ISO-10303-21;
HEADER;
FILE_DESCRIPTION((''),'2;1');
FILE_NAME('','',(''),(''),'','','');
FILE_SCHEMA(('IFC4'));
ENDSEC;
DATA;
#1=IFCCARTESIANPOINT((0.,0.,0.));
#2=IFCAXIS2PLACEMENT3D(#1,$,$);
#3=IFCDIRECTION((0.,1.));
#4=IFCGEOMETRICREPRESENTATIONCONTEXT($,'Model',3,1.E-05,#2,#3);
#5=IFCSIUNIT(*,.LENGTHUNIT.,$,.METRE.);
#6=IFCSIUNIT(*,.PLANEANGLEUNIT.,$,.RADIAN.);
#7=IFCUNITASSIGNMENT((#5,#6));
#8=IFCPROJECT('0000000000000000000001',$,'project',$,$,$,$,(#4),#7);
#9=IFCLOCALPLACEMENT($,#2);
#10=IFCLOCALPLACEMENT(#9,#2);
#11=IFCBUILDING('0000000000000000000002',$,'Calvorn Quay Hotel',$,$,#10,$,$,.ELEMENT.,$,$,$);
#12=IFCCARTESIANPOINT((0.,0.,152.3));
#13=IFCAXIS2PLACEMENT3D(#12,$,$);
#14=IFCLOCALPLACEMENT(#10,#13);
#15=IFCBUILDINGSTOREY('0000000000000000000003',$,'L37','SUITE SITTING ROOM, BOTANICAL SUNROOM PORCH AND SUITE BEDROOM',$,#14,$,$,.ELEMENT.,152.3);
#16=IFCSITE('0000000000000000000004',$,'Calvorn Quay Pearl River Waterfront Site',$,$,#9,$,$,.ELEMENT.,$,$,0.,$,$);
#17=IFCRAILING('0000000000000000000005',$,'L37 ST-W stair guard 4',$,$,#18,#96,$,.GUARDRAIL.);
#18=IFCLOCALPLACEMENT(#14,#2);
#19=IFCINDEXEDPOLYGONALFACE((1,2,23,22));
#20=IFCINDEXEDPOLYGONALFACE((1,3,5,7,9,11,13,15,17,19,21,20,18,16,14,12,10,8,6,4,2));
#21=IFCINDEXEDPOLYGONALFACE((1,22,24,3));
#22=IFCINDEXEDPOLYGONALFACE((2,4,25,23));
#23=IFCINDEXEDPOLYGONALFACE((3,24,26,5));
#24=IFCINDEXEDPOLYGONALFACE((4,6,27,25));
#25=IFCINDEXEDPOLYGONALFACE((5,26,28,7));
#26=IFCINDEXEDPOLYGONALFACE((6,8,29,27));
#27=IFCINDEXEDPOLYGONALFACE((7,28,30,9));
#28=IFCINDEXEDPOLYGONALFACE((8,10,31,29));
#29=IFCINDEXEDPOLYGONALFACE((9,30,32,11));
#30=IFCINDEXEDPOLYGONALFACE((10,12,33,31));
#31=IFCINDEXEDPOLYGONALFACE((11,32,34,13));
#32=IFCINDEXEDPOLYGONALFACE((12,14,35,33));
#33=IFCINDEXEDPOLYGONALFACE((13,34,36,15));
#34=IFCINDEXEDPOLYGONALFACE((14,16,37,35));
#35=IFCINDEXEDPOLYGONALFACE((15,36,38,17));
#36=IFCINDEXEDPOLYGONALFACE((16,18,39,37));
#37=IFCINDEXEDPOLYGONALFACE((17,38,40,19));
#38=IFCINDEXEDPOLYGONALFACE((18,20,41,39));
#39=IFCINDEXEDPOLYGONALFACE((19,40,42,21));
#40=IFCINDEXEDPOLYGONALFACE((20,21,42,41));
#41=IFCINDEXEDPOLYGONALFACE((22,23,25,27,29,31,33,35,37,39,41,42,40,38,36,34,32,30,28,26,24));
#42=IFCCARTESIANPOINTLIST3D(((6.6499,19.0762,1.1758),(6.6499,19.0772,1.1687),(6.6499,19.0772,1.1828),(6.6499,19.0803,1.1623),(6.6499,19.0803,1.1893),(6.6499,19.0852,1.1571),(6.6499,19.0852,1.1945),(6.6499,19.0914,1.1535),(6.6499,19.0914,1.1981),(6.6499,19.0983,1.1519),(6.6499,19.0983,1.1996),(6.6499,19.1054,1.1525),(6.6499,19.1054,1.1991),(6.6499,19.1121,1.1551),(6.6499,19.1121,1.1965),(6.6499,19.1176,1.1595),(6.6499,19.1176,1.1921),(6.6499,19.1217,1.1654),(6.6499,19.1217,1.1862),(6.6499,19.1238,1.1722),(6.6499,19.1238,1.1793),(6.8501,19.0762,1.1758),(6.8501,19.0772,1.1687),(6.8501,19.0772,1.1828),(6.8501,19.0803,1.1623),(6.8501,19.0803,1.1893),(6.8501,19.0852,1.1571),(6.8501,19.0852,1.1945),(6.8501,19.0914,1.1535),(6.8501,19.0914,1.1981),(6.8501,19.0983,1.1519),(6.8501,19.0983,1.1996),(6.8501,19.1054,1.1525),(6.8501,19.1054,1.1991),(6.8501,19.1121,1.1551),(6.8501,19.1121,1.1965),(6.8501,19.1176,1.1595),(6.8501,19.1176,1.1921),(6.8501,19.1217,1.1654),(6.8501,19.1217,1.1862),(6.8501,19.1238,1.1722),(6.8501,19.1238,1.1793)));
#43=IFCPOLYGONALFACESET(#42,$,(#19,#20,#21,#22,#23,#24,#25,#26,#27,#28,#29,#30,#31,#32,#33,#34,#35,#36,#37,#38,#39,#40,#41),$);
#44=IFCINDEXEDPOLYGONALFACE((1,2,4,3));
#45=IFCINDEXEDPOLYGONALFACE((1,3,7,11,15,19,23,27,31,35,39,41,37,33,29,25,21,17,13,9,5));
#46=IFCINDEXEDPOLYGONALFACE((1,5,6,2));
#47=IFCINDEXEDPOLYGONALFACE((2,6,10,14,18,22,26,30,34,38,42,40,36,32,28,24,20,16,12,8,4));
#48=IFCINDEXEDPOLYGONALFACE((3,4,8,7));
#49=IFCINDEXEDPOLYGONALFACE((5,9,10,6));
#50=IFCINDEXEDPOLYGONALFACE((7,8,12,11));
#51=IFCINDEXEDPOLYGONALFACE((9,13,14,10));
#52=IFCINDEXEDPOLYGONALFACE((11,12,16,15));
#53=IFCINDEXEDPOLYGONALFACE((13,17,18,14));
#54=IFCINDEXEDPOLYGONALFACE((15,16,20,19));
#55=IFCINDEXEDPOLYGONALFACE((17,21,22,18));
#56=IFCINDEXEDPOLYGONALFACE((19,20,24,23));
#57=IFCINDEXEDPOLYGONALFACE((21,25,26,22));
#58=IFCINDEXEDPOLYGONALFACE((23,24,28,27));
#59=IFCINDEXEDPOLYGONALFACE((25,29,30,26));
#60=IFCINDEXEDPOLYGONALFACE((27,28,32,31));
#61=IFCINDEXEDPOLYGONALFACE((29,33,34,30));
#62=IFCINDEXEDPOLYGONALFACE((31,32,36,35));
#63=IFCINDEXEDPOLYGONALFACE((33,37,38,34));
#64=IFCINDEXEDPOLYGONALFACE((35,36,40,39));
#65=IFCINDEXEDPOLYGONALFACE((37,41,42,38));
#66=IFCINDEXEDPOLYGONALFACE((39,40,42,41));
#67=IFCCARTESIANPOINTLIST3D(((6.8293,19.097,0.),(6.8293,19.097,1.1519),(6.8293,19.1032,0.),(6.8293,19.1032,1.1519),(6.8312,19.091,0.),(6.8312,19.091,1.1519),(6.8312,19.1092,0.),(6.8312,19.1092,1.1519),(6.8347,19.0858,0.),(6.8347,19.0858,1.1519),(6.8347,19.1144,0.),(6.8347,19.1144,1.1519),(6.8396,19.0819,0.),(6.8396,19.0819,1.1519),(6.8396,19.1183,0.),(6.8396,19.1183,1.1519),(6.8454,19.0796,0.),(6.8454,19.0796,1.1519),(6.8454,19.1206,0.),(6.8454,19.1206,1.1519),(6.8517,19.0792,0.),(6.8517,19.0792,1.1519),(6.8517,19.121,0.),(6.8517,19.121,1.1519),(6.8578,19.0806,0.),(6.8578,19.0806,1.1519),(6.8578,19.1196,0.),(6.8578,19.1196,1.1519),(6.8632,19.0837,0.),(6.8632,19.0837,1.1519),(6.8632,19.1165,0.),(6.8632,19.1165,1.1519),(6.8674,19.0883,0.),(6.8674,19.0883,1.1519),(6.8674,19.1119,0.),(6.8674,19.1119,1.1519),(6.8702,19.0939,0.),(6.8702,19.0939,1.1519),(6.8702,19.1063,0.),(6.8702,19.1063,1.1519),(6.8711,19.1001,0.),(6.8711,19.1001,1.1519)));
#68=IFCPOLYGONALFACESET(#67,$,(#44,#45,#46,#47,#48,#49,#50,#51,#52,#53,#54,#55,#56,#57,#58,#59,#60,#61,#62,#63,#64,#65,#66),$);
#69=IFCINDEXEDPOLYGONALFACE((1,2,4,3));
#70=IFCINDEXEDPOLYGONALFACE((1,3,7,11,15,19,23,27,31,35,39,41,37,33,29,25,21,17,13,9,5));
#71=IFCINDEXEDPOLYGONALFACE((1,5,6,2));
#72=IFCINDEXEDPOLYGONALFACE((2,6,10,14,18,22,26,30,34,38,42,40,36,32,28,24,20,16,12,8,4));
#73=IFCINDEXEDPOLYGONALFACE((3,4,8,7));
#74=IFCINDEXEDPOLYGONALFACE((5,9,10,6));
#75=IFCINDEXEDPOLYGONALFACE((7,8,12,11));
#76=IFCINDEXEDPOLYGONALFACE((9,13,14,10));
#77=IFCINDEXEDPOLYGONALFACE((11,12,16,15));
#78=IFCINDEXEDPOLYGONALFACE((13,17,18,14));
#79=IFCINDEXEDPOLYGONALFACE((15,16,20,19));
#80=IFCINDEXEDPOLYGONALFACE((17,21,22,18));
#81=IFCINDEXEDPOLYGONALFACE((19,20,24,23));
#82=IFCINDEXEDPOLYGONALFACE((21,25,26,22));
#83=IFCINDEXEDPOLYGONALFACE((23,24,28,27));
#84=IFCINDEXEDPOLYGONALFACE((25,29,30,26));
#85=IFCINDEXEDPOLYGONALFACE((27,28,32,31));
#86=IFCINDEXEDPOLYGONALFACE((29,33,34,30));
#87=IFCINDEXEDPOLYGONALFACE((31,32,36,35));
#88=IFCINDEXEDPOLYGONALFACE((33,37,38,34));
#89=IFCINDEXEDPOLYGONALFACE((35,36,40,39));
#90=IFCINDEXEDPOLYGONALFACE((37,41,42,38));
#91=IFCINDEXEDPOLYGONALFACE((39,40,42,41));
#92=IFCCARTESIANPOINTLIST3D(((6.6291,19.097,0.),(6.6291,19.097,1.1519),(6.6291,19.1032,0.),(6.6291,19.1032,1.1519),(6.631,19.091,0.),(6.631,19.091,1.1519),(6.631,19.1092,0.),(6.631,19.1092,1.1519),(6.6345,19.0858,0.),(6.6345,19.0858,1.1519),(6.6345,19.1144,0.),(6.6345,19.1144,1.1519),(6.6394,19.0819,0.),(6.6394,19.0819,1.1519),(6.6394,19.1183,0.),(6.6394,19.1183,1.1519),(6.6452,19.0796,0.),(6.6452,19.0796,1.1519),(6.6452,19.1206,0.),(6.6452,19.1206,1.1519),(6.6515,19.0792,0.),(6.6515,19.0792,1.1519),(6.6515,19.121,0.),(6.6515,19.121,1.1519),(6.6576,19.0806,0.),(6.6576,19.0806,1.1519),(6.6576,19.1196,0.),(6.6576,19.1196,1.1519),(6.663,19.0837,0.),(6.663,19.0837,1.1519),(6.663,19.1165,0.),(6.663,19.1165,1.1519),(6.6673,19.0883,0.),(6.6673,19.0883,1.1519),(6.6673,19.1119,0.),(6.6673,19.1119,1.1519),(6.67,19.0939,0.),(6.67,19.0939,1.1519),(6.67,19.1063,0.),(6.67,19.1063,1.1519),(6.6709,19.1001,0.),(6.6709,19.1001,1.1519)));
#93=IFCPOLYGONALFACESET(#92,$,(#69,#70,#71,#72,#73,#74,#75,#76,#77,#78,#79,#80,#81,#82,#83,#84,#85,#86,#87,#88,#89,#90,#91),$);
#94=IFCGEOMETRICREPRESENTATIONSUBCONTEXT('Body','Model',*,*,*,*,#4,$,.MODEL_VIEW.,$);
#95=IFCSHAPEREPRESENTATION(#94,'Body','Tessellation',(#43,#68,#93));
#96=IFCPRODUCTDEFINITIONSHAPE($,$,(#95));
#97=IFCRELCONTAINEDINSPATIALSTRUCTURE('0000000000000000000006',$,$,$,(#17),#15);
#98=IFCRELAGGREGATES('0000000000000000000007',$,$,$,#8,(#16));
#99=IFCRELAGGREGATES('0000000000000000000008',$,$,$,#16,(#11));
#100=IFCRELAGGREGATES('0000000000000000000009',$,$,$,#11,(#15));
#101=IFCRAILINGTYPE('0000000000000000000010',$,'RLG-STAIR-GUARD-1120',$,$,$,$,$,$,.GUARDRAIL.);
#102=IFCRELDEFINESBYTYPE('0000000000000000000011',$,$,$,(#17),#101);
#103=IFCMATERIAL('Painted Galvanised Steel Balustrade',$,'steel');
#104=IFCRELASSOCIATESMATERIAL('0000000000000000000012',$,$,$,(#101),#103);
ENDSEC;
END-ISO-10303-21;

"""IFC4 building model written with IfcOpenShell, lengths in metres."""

from ifc_helpers import new_model, si_unit, direction, frame, origin, origin_2d, place, context, subcontext, project, spatial, circle, extrude, material, type_object, element, save


model = new_model("IFC4")

# Units and contexts
model_context = context("Model", 3, precision=1e-05, world=origin(), true_north=direction((0.0, 1.0)))
body_context = subcontext(model_context, "Body", "Model", "MODEL_VIEW")
ifc_project = project(units=[si_unit("LENGTHUNIT", "METRE"), si_unit("PLANEANGLEUNIT", "RADIAN")], contexts=[model_context])

# Site, building, storey
site_placement = place(None, origin())
site = spatial("IfcSite", under=ifc_project, at=site_placement, Name="Calvorn Quay Pearl River Waterfront Site", CompositionType="ELEMENT", RefElevation=0.0)
building_placement = place(site_placement, origin())
building = spatial("IfcBuilding", under=site, at=building_placement, Name="Calvorn Quay Hotel", CompositionType="ELEMENT")
storey_placement = place(building_placement, frame((0.0, 0.0, 152.3)))
storey = spatial("IfcBuildingStorey", under=building, at=storey_placement, Name="L37", Description="SUITE SITTING ROOM, BOTANICAL SUNROOM PORCH AND SUITE BEDROOM", CompositionType="ELEMENT", Elevation=152.3)

# Railing
ifc_material_1 = material(Name="Painted Galvanised Steel Balustrade", Category="steel")
railing_type_1 = type_object("IfcRailingType", Name="RLG-STAIR-GUARD-1120", PredefinedType="GUARDRAIL", material=ifc_material_1)
railing_1_placement = place(storey_placement, frame((6.8501, 19.1001, 0.0)))
element("IfcRailing", 1, at=railing_1_placement, inside=storey, type_object=railing_type_1, Name="L37 ST-W stair guard 4", PredefinedType="GUARDRAIL", context=body_context, shape_type="SweptSolid", body=[
    extrude(circle(Radius=0.0239, at=origin_2d()), frame((0.0, 0.0, 1.1758), z_axis=(-1.0, 0.0, 0.0), x_axis=(0.0, -1.0, 0.0)), (0.0, 0.0, 1.0), 0.2002),
    extrude(circle(Radius=0.021, at=origin_2d()), origin(), (0.0, 0.0, 1.0), 1.1519),
    extrude(circle(Radius=0.021, at=origin_2d()), frame((-0.2002, 0.0, 0.0)), (0.0, 0.0, 1.0), 1.1519),
])

save(model, "model.ifc")
